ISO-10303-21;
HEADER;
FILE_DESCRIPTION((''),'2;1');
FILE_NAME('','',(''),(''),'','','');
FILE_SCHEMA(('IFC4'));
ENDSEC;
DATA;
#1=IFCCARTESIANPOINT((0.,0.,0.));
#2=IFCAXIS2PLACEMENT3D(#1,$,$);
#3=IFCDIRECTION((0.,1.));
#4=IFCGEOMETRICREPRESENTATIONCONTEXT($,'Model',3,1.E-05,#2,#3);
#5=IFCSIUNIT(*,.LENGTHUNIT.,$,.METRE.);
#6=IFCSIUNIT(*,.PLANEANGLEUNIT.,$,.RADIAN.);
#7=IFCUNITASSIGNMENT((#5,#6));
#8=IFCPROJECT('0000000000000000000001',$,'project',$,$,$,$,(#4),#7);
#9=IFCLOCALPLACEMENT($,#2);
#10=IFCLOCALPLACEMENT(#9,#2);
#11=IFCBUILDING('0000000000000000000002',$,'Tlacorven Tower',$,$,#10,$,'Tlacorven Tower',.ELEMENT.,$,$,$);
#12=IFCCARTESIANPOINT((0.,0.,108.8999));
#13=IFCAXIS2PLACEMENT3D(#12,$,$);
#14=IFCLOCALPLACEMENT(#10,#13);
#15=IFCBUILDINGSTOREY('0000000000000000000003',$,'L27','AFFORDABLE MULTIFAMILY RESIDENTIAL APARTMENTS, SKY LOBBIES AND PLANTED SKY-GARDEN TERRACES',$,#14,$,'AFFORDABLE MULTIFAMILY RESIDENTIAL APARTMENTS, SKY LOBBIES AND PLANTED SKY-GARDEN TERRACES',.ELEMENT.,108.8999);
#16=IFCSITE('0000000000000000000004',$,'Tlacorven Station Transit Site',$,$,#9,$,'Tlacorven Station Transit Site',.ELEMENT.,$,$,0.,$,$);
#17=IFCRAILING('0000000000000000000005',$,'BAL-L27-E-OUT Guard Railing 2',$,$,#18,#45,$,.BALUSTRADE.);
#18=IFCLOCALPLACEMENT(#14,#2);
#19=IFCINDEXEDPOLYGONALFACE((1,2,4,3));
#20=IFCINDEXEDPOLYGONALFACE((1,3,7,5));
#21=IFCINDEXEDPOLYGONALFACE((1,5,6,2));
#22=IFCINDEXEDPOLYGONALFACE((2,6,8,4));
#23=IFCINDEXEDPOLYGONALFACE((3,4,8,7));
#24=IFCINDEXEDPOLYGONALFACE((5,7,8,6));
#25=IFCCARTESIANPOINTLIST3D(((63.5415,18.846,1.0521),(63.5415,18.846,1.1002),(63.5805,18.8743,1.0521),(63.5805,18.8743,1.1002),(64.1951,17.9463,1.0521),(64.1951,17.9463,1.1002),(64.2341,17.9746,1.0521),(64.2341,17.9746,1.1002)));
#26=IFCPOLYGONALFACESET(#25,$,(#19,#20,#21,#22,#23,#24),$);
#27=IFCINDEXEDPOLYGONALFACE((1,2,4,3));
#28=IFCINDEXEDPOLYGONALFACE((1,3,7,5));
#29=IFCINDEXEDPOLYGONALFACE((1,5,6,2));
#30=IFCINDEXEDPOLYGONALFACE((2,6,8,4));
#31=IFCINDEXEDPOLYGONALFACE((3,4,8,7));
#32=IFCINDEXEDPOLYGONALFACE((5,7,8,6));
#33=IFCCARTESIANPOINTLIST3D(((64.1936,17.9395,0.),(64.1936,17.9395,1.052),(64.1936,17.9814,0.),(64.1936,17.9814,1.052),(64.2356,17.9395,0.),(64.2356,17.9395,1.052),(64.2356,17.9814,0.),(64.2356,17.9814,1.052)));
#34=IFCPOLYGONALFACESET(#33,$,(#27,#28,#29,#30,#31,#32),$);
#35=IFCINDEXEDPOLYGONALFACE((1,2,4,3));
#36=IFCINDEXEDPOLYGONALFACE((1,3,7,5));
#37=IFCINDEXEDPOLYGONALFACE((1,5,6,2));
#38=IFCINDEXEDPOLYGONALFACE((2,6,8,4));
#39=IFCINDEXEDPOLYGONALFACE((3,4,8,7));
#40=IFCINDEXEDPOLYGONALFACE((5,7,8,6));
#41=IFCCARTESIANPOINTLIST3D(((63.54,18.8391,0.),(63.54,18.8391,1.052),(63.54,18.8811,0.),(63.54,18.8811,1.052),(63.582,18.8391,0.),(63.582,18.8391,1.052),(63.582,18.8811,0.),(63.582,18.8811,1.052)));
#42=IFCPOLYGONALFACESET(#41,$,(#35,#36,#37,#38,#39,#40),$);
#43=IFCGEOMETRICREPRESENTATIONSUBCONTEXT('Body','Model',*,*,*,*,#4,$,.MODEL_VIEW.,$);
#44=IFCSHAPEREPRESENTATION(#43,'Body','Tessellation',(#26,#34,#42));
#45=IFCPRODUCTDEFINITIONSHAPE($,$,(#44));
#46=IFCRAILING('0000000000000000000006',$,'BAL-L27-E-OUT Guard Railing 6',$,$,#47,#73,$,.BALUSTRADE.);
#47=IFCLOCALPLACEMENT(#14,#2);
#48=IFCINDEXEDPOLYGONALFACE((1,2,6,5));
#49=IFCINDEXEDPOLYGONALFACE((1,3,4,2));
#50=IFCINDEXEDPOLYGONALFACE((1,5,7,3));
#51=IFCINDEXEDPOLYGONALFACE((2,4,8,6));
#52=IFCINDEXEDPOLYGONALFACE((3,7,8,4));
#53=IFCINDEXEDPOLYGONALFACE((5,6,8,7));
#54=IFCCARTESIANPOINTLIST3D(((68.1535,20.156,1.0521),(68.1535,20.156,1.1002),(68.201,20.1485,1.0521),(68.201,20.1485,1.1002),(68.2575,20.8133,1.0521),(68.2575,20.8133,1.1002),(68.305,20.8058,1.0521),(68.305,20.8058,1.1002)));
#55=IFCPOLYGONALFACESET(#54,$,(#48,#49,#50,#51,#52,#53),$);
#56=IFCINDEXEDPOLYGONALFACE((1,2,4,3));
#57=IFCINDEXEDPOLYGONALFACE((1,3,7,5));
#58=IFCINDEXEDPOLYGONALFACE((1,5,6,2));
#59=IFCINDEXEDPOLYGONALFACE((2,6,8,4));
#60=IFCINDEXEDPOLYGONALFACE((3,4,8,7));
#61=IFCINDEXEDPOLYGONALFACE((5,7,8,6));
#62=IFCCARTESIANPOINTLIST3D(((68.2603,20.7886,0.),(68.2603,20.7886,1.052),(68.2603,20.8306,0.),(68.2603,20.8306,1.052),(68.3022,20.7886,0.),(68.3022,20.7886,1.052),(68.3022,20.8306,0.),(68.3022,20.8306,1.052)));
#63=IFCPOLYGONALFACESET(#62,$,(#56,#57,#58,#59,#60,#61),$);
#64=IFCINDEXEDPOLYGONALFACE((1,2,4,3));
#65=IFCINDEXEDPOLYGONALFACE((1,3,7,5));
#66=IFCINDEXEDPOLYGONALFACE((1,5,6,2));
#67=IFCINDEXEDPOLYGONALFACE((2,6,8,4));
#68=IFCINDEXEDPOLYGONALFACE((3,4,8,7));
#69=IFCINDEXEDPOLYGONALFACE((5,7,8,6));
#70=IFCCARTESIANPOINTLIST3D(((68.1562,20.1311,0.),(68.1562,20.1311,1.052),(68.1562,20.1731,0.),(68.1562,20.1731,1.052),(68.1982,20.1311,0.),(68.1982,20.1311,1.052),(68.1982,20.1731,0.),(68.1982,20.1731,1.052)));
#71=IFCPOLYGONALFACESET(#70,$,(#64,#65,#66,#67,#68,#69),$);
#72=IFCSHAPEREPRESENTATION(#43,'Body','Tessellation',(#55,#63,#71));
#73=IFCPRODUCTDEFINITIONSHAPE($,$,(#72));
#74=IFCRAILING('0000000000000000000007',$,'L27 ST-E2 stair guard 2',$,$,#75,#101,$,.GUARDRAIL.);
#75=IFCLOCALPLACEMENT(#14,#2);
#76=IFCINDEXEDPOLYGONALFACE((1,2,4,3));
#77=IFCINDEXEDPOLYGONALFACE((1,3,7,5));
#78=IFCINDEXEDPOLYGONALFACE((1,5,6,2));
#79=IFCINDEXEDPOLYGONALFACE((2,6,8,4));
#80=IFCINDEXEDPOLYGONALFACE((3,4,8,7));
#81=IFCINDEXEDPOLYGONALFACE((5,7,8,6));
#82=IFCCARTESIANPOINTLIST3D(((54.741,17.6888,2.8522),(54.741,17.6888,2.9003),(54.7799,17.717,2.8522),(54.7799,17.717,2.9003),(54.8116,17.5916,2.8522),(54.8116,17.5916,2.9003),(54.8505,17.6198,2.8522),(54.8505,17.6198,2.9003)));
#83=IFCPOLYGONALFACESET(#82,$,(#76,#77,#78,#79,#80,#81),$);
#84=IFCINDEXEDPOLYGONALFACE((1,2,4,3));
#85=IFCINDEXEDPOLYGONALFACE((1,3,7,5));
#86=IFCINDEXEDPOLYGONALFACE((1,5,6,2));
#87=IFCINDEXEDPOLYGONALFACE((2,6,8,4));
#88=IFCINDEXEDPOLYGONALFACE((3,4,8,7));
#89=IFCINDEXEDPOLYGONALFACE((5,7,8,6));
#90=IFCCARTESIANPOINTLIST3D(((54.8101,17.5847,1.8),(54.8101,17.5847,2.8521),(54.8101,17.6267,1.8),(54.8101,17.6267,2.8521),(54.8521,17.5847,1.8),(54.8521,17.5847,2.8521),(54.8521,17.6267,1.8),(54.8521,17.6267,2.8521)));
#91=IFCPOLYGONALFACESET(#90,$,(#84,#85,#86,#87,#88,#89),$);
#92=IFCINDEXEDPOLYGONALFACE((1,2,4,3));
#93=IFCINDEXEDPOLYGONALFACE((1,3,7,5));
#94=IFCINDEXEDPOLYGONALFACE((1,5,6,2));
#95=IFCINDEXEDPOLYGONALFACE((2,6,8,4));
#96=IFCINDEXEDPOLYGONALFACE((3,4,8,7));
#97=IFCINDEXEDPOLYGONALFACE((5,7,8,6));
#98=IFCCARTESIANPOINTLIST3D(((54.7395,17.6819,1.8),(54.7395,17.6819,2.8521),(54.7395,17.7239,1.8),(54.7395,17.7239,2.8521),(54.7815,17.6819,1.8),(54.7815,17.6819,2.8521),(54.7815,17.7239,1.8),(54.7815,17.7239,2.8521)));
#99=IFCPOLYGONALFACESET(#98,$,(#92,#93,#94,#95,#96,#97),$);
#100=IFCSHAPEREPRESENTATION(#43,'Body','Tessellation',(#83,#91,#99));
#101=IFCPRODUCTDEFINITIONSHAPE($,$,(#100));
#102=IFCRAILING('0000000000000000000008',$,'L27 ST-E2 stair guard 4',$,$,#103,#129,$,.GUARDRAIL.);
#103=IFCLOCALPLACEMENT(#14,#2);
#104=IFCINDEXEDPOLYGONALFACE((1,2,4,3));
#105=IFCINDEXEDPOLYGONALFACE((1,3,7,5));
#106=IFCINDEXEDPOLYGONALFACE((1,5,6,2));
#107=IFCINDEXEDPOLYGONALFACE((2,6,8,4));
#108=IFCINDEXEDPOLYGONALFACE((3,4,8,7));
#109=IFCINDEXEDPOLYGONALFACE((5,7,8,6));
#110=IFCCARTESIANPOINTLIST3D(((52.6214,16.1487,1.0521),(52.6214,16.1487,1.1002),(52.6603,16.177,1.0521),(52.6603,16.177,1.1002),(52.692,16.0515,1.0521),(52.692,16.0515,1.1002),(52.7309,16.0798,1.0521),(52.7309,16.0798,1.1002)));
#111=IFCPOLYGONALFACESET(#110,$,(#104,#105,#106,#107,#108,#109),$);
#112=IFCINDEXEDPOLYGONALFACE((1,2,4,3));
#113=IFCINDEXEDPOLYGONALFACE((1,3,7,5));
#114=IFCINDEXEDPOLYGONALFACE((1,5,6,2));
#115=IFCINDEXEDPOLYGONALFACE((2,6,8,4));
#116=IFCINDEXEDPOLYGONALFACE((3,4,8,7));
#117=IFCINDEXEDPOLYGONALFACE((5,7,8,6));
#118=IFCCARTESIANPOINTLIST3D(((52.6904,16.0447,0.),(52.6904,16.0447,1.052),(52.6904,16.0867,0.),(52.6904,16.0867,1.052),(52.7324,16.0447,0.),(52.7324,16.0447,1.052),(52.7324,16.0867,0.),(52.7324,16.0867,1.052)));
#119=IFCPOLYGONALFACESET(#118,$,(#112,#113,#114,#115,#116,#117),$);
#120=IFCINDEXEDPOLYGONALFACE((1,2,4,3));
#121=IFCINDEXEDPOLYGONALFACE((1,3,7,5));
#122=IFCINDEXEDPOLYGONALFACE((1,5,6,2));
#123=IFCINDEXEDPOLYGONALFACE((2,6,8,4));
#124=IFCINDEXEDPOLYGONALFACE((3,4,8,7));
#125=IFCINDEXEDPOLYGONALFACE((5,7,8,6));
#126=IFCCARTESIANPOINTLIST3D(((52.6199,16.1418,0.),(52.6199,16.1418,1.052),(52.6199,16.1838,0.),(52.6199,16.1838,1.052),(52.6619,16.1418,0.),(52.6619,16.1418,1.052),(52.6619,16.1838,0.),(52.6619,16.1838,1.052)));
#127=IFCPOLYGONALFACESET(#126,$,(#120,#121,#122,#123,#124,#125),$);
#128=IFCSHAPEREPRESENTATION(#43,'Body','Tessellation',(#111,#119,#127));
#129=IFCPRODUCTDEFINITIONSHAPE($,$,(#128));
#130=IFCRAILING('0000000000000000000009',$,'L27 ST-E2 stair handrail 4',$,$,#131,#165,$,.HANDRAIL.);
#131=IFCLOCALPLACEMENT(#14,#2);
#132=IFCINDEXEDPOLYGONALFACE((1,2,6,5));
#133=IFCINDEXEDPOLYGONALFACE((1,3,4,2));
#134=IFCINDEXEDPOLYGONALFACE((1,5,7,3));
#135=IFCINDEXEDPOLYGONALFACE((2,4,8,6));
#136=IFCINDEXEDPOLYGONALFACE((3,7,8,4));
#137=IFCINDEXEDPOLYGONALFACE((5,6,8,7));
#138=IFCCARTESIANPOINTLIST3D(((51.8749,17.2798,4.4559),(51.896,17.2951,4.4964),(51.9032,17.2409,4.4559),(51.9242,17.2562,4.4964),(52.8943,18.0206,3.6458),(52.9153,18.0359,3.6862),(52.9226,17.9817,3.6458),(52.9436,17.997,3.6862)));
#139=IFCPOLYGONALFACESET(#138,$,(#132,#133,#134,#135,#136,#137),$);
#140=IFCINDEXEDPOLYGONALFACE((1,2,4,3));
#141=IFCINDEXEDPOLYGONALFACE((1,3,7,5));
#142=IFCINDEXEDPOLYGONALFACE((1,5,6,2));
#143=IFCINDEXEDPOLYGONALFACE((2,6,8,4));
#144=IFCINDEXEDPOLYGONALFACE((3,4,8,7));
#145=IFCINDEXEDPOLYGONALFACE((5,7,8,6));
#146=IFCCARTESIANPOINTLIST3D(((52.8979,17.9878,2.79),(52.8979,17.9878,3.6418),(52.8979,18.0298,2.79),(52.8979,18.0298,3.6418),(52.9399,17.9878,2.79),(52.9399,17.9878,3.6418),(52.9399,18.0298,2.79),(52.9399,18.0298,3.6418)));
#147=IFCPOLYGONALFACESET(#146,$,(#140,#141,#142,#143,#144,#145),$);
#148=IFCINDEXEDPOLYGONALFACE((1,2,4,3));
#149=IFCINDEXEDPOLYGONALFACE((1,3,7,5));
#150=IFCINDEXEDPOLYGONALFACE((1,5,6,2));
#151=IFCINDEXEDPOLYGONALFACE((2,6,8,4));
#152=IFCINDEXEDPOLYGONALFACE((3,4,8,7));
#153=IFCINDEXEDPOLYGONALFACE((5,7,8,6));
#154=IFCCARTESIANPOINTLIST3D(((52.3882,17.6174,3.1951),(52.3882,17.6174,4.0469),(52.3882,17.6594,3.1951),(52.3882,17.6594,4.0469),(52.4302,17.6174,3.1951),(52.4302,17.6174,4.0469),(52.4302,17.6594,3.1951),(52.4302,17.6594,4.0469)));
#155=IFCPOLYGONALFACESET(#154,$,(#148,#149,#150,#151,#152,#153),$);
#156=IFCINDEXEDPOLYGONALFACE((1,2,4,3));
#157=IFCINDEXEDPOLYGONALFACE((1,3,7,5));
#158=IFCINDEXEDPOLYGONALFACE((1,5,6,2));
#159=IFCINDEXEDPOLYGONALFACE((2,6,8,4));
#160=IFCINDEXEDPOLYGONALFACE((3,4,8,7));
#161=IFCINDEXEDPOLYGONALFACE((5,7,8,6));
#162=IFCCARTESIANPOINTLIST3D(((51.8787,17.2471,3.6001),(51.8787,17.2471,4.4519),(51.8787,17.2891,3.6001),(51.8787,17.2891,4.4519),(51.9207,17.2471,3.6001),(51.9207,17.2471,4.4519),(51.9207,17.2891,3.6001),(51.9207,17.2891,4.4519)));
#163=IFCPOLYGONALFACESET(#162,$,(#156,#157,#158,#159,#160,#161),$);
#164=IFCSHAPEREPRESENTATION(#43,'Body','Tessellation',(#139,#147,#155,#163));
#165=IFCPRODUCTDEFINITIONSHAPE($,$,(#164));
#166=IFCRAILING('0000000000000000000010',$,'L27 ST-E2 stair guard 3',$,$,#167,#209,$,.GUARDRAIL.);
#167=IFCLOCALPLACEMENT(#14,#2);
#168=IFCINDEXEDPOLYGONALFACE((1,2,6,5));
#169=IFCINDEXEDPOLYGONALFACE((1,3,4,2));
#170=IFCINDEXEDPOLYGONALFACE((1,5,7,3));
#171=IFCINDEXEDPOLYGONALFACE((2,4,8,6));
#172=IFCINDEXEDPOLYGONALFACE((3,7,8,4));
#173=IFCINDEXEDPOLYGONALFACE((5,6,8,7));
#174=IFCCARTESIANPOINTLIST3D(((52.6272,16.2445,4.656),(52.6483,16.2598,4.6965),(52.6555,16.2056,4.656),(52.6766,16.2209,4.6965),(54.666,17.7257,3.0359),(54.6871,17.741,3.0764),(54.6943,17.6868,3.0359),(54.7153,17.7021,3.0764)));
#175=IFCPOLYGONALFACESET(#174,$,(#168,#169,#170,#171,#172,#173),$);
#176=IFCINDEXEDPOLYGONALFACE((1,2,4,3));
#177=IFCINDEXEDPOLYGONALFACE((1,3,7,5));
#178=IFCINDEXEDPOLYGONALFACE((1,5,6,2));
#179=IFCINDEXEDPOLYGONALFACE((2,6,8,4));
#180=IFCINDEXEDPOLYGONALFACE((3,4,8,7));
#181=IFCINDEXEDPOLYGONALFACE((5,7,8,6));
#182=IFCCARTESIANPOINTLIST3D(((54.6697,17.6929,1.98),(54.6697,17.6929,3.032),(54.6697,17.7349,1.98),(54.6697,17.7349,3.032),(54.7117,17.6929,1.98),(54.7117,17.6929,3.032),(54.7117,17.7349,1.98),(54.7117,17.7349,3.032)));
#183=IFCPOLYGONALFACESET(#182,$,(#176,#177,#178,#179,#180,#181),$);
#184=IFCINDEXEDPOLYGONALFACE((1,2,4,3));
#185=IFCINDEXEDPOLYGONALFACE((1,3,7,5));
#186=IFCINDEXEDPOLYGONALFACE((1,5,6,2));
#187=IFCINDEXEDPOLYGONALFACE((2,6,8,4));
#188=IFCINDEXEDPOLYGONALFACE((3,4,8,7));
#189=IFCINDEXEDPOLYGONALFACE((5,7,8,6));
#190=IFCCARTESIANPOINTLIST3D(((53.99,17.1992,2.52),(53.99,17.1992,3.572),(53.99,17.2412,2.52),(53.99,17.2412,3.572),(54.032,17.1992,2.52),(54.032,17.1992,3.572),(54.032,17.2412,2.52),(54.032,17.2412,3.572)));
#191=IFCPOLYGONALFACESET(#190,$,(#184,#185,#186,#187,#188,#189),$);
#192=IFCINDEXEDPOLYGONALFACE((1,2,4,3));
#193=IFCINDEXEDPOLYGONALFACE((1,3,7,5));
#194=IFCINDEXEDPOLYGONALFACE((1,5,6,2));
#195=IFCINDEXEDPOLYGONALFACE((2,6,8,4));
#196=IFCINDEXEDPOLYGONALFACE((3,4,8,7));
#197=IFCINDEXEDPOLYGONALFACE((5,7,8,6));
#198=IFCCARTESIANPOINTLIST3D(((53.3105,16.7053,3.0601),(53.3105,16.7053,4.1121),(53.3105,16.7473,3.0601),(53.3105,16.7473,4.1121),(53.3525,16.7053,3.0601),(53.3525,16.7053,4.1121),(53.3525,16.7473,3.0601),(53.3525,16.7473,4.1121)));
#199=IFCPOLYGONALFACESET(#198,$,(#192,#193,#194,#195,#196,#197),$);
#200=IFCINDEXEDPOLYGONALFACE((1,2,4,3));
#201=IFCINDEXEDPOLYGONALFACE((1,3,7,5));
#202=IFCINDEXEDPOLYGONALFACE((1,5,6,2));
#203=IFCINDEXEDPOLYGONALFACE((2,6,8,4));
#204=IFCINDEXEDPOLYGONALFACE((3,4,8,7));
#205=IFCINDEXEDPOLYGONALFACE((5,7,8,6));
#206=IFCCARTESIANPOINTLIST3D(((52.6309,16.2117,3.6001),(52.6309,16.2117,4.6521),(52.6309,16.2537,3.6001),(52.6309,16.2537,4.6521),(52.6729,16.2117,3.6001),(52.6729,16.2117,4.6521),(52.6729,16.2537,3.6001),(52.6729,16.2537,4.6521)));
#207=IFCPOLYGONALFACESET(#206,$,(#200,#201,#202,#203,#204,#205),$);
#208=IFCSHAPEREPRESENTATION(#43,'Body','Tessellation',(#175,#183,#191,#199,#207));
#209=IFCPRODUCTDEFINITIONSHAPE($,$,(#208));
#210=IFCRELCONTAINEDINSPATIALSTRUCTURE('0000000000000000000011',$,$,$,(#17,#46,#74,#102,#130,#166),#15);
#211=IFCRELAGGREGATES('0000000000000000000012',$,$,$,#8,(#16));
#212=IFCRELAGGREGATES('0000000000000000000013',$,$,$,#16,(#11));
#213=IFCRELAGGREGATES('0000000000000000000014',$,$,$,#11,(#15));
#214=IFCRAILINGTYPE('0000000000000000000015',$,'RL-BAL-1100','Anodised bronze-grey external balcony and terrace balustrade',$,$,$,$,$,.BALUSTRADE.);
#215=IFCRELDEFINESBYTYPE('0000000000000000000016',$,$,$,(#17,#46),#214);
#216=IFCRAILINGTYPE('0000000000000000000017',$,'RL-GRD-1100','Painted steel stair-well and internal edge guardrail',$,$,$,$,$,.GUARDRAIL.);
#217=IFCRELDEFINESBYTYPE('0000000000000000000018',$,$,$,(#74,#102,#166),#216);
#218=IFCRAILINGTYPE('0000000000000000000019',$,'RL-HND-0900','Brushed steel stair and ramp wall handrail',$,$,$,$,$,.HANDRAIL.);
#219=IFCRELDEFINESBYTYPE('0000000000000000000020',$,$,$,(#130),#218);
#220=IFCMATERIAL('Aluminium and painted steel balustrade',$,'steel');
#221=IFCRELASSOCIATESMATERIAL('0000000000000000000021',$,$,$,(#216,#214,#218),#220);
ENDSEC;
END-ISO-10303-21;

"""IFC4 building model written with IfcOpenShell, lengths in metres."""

from ifc_helpers import new_model, si_unit, direction, frame, origin, origin_2d, place, context, subcontext, project, spatial, rectangle, extrude, source, transform, mapped, material, type_object, element, save


model = new_model("IFC4")

# Units and contexts
model_context = context("Model", 3, precision=1e-05, world=origin(), true_north=direction((0.0, 1.0)))
body_context = subcontext(model_context, "Body", "Model", "MODEL_VIEW")
ifc_project = project(units=[si_unit("LENGTHUNIT", "METRE"), si_unit("PLANEANGLEUNIT", "RADIAN")], contexts=[model_context])

# Site, building, storey
site_placement = place(None, origin())
site = spatial("IfcSite", under=ifc_project, at=site_placement, Name="Tlacorven Station Transit Site", LongName="Tlacorven Station Transit Site", CompositionType="ELEMENT", RefElevation=0.0)
building_placement = place(site_placement, origin())
building = spatial("IfcBuilding", under=site, at=building_placement, Name="Tlacorven Tower", LongName="Tlacorven Tower", CompositionType="ELEMENT")
storey_placement = place(building_placement, frame((0.0, 0.0, 108.8999)))
storey = spatial("IfcBuildingStorey", under=building, at=storey_placement, Name="L27", Description="AFFORDABLE MULTIFAMILY RESIDENTIAL APARTMENTS, SKY LOBBIES AND PLANTED SKY-GARDEN TERRACES", LongName="AFFORDABLE MULTIFAMILY RESIDENTIAL APARTMENTS, SKY LOBBIES AND PLANTED SKY-GARDEN TERRACES", CompositionType="ELEMENT", Elevation=108.8999)

# Railings
ifc_material_1 = material(Name="Aluminium and painted steel balustrade", Category="steel")
railing_type_1 = type_object("IfcRailingType", Name="RL-GRD-1100", Description="Painted steel stair-well and internal edge guardrail", PredefinedType="GUARDRAIL", material=ifc_material_1)
railing_type_2 = type_object("IfcRailingType", Name="RL-BAL-1100", Description="Anodised bronze-grey external balcony and terrace balustrade", PredefinedType="BALUSTRADE", material=ifc_material_1)
shared_shape_1 = source(origin(), body_context, "Body", "SweptSolid", [
    extrude(rectangle(XDim=0.0481, YDim=0.0481, at=origin_2d()), frame((0.0, 0.0, 1.0762), z_axis=(-0.587741, 0.809049, 0.0), x_axis=(-0.809049, -0.587741, 0.0)), (0.0, 0.0, 1.0), 1.1121),
    extrude(rectangle(XDim=0.042, YDim=0.042, at=origin_2d()), origin(), (0.0, 0.0, 1.0), 1.052),
    extrude(rectangle(XDim=0.042, YDim=0.042, at=origin_2d()), frame((-0.6536, 0.8997, 0.0)), (0.0, 0.0, 1.0), 1.052),
])
railing_1_placement = place(storey_placement, frame((64.2146, 17.9604, 0.0)))
element("IfcRailing", 1, at=railing_1_placement, inside=storey, type_object=railing_type_2, Name="BAL-L27-E-OUT Guard Railing 2", PredefinedType="BALUSTRADE", context=body_context, shape_type="MappedRepresentation", body=[
    mapped(shared_shape_1, transform((0.0, 0.0, 0.0), scale=1.0)),
])
shared_shape_2 = source(origin(), body_context, "Body", "SweptSolid", [
    extrude(rectangle(XDim=0.0481, YDim=0.0481, at=origin_2d()), frame((0.0, 0.0, 1.0762), z_axis=(-0.156245, -0.987718, 0.0), x_axis=(0.987718, -0.156245, 0.0)), (0.0, 0.0, 1.0), 0.6655),
    extrude(rectangle(XDim=0.042, YDim=0.042, at=origin_2d()), origin(), (0.0, 0.0, 1.0), 1.052),
    extrude(rectangle(XDim=0.042, YDim=0.042, at=origin_2d()), frame((-0.104, -0.6575, 0.0)), (0.0, 0.0, 1.0), 1.052),
])
railing_2_placement = place(storey_placement, frame((68.2812, 20.8096, 0.0)))
element("IfcRailing", 2, at=railing_2_placement, inside=storey, type_object=railing_type_2, Name="BAL-L27-E-OUT Guard Railing 6", PredefinedType="BALUSTRADE", context=body_context, shape_type="MappedRepresentation", body=[
    mapped(shared_shape_2, transform((0.0, 0.0, 0.0), scale=1.0)),
])
shared_shape_3 = source(origin(), body_context, "Body", "SweptSolid", [
    extrude(rectangle(XDim=0.0481, YDim=0.0481, at=origin_2d()), frame((0.0, 0.0, 1.0762), z_axis=(-0.587567, 0.809175, 0.0), x_axis=(-0.809175, -0.587567, 0.0)), (0.0, 0.0, 1.0), 0.1201),
    extrude(rectangle(XDim=0.042, YDim=0.042, at=origin_2d()), origin(), (0.0, 0.0, 1.0), 1.052),
    extrude(rectangle(XDim=0.042, YDim=0.042, at=origin_2d()), frame((-0.0706, 0.0972, 0.0)), (0.0, 0.0, 1.0), 1.052),
])
for number, where, name in (
    (3, (54.8311, 17.6057, 1.8), "L27 ST-E2 stair guard 2"),
    (4, (52.7114, 16.0657, 0.0), "L27 ST-E2 stair guard 4"),
):
    element("IfcRailing", number, at=place(storey_placement, frame(where)), inside=storey, type_object=railing_type_1, Name=name, PredefinedType="GUARDRAIL", context=body_context, shape_type="MappedRepresentation", body=[
        mapped(shared_shape_3, transform((0.0, 0.0, 0.0), scale=1.0)),
    ])
railing_type_3 = type_object("IfcRailingType", Name="RL-HND-0900", Description="Brushed steel stair and ramp wall handrail", PredefinedType="HANDRAIL", material=ifc_material_1)
shared_shape_4 = source(origin(), body_context, "Body", "SweptSolid", [
    extrude(rectangle(XDim=0.0481, YDim=0.0481, at=origin_2d()), frame((0.0, 0.0, 0.876), z_axis=(-0.680461, -0.494496, 0.540783), x_axis=(0.587872, -0.808954, 0.0)), (0.0, 0.0, 1.0), 1.498),
    extrude(rectangle(XDim=0.042, YDim=0.042, at=origin_2d()), origin(), (0.0, 0.0, 1.0), 0.8518),
    extrude(rectangle(XDim=0.042, YDim=0.042, at=origin_2d()), frame((-0.5098, -0.3704, 0.405)), (0.0, 0.0, 1.0), 0.8518),
    extrude(rectangle(XDim=0.042, YDim=0.042, at=origin_2d()), frame((-1.0193, -0.7407, 0.8101)), (0.0, 0.0, 1.0), 0.8518),
])
railing_3_placement = place(storey_placement, frame((52.9189, 18.0088, 2.79)))
element("IfcRailing", 5, at=railing_3_placement, inside=storey, type_object=railing_type_3, Name="L27 ST-E2 stair handrail 4", PredefinedType="HANDRAIL", context=body_context, shape_type="MappedRepresentation", body=[
    mapped(shared_shape_4, transform((0.0, 0.0, 0.0), scale=1.0)),
])
shared_shape_5 = source(origin(), body_context, "Body", "SweptSolid", [
    extrude(rectangle(XDim=0.0481, YDim=0.0481, at=origin_2d()), frame((0.0, 0.0, 1.0762), z_axis=(-0.680532, -0.494407, 0.540775), x_axis=(0.587763, -0.809033, 0.0)), (0.0, 0.0, 1.0), 2.9958),
    extrude(rectangle(XDim=0.042, YDim=0.042, at=origin_2d()), origin(), (0.0, 0.0, 1.0), 1.052),
    extrude(rectangle(XDim=0.042, YDim=0.042, at=origin_2d()), frame((-0.6797, -0.4937, 0.54)), (0.0, 0.0, 1.0), 1.052),
    extrude(rectangle(XDim=0.042, YDim=0.042, at=origin_2d()), frame((-1.3591, -0.9875, 1.0801)), (0.0, 0.0, 1.0), 1.052),
    extrude(rectangle(XDim=0.042, YDim=0.042, at=origin_2d()), frame((-2.0388, -1.4812, 1.6201)), (0.0, 0.0, 1.0), 1.052),
])
railing_4_placement = place(storey_placement, frame((54.6907, 17.7139, 1.98)))
element("IfcRailing", 6, at=railing_4_placement, inside=storey, type_object=railing_type_1, Name="L27 ST-E2 stair guard 3", PredefinedType="GUARDRAIL", context=body_context, shape_type="MappedRepresentation", body=[
    mapped(shared_shape_5, transform((0.0, 0.0, 0.0), scale=1.0)),
])

save(model, "model.ifc")
